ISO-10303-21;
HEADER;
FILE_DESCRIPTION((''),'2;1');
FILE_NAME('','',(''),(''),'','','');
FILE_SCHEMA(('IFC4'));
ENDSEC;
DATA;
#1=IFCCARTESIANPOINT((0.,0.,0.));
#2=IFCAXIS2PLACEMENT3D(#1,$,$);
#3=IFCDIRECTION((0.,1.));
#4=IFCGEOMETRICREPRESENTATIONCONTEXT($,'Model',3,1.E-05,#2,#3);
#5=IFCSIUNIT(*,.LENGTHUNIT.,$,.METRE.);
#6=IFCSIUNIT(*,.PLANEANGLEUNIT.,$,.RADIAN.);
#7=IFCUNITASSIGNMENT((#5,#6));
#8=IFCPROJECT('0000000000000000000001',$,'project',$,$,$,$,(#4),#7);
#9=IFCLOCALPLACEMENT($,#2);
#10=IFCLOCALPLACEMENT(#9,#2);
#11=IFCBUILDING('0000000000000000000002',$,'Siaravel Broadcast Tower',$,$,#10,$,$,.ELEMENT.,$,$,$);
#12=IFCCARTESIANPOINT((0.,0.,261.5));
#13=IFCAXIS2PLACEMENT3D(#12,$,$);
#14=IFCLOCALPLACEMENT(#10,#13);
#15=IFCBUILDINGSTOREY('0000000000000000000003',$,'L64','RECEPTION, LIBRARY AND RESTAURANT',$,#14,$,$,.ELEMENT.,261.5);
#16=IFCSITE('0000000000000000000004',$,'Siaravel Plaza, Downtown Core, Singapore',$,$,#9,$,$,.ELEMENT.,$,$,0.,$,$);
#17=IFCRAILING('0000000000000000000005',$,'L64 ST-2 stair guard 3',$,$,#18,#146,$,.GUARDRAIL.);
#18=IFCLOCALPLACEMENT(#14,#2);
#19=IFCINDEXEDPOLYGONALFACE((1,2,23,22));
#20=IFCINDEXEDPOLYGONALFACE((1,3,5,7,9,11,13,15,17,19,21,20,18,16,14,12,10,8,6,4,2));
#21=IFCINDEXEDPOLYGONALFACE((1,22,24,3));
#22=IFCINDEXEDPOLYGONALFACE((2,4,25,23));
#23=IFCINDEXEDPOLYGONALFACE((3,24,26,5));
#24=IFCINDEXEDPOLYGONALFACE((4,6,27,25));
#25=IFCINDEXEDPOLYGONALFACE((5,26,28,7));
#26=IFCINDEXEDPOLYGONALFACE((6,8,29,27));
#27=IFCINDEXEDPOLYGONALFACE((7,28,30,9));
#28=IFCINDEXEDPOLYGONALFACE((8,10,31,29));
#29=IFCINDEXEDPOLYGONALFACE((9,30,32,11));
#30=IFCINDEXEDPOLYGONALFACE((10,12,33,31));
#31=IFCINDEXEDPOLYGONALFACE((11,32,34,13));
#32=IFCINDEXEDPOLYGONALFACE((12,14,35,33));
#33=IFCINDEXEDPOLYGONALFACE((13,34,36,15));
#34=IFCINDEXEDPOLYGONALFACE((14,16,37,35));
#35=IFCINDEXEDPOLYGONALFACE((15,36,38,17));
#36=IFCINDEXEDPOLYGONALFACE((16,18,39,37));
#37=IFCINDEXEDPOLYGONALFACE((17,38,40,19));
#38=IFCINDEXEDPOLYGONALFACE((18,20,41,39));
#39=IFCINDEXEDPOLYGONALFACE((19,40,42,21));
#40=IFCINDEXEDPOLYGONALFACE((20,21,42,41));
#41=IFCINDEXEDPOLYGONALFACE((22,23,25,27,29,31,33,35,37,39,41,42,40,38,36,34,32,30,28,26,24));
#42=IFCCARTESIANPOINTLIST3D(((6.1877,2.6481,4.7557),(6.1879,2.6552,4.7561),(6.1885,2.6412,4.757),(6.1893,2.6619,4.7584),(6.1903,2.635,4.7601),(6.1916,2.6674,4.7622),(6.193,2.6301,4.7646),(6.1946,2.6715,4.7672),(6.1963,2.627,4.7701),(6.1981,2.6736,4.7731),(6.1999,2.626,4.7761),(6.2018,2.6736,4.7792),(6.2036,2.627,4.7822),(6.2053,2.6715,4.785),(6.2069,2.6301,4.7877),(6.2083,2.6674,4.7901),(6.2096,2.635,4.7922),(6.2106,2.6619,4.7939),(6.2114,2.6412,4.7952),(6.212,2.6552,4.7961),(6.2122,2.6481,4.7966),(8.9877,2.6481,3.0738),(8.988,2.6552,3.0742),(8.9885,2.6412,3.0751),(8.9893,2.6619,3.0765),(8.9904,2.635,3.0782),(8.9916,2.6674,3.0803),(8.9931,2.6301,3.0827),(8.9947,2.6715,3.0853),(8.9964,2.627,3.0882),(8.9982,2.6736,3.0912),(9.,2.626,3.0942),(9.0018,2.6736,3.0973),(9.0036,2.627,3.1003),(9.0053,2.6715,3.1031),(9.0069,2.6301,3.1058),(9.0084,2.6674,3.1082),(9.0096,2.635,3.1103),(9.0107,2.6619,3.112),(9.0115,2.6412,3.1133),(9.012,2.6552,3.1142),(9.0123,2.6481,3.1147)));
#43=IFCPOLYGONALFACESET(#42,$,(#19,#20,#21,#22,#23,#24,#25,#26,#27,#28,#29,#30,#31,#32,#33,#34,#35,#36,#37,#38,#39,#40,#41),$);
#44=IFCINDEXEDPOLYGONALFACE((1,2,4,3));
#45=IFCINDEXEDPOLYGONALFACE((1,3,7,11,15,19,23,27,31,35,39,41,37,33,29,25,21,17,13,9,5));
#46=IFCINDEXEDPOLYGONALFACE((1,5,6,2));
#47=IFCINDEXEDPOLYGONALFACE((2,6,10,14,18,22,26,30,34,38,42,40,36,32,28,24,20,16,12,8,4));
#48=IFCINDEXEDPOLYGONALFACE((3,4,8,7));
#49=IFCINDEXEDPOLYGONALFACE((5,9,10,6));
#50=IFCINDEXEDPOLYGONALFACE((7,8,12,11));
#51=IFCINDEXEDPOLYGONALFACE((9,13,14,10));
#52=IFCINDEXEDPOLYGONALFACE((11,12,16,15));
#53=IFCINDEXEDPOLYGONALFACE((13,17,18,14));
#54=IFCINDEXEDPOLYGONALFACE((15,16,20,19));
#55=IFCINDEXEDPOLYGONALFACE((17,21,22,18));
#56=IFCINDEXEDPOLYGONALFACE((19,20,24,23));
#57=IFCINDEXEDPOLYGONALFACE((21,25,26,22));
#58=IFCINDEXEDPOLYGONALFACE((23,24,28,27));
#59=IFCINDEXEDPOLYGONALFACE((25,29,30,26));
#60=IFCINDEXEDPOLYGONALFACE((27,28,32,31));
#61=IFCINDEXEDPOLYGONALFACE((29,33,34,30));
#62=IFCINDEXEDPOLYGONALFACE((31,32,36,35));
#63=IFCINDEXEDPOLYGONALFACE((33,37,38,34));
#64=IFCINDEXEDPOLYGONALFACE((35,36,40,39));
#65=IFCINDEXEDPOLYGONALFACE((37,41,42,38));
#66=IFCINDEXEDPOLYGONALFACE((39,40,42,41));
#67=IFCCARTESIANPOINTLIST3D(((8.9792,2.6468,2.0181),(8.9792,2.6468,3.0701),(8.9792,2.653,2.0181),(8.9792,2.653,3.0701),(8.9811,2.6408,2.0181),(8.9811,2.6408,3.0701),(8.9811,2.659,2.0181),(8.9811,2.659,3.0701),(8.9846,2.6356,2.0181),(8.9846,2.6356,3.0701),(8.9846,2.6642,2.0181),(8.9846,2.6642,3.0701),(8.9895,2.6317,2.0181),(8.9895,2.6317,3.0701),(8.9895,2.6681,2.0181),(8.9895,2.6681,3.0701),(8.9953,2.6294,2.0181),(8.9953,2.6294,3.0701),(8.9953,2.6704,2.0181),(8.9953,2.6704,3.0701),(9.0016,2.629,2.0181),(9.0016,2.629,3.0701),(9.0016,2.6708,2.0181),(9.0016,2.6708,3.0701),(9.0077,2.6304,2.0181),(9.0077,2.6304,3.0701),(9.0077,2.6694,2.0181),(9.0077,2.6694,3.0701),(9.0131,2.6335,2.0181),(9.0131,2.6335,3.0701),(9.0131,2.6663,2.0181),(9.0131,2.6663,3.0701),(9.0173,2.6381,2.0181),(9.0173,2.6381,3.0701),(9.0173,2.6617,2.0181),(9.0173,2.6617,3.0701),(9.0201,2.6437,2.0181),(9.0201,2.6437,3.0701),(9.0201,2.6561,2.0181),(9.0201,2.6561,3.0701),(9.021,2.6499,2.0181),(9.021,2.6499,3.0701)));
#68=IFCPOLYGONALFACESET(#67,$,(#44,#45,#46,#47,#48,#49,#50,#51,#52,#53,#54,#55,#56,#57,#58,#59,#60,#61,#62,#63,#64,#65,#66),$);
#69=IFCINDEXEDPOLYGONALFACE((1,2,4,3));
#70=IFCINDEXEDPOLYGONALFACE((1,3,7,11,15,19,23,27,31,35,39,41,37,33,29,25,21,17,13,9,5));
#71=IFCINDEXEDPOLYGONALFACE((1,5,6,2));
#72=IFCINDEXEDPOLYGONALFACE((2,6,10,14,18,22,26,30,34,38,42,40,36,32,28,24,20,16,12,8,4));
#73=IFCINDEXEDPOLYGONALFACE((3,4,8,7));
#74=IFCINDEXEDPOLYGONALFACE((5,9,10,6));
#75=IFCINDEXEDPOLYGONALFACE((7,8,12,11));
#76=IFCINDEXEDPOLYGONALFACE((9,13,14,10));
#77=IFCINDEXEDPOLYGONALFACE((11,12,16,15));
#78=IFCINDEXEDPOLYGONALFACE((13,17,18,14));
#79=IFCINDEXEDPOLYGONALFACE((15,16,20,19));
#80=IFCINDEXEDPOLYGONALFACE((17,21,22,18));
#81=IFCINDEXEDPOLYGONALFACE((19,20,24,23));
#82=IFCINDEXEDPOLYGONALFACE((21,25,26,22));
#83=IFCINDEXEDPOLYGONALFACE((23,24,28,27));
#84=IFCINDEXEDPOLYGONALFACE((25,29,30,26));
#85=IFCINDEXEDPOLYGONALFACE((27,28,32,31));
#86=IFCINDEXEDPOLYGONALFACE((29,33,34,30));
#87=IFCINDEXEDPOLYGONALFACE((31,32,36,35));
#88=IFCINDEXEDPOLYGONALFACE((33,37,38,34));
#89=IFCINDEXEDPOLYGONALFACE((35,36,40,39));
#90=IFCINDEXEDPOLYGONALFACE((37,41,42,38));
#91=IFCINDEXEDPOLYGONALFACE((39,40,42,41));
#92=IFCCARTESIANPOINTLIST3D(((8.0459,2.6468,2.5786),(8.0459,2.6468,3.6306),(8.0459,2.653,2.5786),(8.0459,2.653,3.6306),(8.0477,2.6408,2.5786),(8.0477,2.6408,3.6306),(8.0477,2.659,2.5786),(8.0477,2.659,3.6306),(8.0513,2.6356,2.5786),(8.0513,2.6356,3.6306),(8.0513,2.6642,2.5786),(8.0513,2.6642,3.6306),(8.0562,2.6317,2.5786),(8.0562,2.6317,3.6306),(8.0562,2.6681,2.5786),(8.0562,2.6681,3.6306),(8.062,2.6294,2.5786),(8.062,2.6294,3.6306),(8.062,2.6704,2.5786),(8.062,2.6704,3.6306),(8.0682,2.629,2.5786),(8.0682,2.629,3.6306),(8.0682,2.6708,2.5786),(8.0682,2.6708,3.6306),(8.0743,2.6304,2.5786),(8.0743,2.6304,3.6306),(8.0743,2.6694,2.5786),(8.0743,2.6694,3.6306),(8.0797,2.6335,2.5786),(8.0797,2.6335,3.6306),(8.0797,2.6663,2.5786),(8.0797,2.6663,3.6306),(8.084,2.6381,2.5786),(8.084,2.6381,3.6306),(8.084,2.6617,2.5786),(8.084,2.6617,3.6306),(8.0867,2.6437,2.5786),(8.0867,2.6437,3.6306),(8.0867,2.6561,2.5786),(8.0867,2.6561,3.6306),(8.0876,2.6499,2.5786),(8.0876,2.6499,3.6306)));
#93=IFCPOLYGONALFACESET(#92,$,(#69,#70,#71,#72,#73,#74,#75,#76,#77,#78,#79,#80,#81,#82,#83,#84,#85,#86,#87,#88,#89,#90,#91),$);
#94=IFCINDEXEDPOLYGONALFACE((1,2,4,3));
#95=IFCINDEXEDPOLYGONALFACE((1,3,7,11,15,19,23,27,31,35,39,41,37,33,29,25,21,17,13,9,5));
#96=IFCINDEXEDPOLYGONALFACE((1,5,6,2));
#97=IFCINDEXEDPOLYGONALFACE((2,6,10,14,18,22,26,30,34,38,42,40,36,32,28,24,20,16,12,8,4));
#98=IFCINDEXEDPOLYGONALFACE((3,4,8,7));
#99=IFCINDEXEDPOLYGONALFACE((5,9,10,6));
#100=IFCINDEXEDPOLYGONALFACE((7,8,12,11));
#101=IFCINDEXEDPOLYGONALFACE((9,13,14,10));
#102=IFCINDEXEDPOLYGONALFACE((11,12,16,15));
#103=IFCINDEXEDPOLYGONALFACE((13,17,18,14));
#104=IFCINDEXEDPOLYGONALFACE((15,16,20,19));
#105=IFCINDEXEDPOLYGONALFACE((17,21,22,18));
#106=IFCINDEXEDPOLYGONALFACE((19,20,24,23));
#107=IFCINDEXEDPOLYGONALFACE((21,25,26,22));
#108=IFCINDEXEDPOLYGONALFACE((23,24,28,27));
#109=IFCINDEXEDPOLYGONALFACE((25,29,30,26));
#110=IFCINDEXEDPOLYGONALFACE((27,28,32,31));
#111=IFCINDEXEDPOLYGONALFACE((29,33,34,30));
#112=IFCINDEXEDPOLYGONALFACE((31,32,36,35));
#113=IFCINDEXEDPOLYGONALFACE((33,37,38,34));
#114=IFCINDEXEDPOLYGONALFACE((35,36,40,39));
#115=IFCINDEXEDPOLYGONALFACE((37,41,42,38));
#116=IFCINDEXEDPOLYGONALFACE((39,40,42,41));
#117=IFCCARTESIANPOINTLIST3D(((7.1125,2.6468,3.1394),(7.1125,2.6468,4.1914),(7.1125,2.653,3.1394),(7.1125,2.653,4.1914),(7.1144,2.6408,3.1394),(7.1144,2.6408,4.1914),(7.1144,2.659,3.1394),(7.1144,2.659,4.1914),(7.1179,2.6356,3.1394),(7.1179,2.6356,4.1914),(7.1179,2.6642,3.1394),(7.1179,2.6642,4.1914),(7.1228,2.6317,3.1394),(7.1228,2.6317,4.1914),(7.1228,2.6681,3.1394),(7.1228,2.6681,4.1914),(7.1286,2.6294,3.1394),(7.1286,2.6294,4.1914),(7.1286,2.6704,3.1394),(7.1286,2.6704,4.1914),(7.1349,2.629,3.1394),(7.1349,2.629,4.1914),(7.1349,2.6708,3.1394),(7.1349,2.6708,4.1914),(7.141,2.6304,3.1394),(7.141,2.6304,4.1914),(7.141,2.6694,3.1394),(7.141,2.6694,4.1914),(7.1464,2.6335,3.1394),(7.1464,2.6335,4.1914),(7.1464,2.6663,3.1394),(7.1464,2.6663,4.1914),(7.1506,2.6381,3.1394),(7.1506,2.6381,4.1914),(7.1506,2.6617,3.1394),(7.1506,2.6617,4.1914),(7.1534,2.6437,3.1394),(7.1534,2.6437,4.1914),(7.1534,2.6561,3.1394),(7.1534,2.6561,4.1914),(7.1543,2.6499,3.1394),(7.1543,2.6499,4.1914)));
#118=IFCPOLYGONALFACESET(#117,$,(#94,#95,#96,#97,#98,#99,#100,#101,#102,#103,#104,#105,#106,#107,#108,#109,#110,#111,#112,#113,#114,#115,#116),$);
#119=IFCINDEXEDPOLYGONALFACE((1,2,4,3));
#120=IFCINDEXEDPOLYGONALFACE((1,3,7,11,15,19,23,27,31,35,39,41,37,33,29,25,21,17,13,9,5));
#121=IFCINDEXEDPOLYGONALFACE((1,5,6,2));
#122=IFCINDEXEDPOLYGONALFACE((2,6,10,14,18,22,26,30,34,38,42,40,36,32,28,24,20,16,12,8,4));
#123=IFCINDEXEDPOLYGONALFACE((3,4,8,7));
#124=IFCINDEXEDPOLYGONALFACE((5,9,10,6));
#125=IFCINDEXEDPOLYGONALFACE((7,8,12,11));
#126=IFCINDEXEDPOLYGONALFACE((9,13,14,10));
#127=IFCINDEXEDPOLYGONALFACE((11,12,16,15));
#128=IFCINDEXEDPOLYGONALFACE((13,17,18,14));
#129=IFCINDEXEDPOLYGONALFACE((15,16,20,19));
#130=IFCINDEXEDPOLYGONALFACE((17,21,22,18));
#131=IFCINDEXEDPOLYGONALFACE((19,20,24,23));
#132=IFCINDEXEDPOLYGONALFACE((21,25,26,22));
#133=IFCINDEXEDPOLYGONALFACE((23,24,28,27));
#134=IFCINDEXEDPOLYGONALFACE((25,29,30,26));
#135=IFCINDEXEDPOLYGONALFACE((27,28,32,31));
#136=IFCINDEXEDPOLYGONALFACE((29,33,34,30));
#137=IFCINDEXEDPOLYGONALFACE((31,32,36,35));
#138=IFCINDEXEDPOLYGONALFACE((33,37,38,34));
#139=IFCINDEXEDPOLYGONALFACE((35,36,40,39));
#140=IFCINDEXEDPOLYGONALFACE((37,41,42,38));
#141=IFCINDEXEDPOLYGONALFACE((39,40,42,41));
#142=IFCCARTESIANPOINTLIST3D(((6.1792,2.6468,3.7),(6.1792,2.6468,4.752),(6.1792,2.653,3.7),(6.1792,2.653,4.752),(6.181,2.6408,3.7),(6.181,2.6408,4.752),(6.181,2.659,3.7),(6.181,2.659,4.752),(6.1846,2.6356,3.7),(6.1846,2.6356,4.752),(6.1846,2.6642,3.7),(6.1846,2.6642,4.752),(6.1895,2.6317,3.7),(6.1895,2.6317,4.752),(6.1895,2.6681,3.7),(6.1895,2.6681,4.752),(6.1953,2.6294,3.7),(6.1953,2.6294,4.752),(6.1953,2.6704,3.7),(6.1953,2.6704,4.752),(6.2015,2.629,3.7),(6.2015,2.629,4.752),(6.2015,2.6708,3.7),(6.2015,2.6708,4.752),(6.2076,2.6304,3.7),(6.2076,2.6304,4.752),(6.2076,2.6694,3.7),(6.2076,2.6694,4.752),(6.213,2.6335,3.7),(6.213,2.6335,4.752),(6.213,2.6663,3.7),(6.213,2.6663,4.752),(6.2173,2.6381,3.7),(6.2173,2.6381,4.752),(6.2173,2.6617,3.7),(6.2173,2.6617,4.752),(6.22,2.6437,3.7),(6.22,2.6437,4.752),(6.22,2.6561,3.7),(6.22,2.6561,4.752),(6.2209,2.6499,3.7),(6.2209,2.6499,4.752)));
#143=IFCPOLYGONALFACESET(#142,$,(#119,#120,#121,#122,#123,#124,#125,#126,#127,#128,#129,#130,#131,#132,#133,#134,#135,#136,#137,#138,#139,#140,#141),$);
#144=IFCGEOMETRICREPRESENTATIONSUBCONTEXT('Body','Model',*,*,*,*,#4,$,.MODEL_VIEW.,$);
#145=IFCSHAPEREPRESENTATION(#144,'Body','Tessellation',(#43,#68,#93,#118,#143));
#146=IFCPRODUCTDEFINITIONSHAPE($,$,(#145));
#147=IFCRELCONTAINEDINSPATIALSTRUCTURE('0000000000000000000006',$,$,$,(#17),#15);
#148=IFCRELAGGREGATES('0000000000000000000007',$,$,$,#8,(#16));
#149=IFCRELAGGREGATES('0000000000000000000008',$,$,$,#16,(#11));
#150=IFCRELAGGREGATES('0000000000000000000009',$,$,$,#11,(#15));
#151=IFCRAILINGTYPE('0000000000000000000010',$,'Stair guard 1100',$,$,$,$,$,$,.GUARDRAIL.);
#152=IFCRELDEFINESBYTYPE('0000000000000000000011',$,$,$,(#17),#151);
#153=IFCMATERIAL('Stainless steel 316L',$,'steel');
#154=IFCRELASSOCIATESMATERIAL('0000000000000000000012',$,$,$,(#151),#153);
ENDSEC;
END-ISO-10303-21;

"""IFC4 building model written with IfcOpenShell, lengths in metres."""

from ifc_helpers import new_model, si_unit, direction, frame, origin, origin_2d, place, context, subcontext, project, spatial, circle, extrude, material, type_object, element, save


model = new_model("IFC4")

# Units and contexts
model_context = context("Model", 3, precision=1e-05, world=origin(), true_north=direction((0.0, 1.0)))
body_context = subcontext(model_context, "Body", "Model", "MODEL_VIEW")
ifc_project = project(units=[si_unit("LENGTHUNIT", "METRE"), si_unit("PLANEANGLEUNIT", "RADIAN")], contexts=[model_context])

# Site, building, storey
site_placement = place(None, origin())
site = spatial("IfcSite", under=ifc_project, at=site_placement, Name="Siaravel Plaza, Downtown Core, Singapore", CompositionType="ELEMENT", RefElevation=0.0)
building_placement = place(site_placement, origin())
building = spatial("IfcBuilding", under=site, at=building_placement, Name="Siaravel Broadcast Tower", CompositionType="ELEMENT")
storey_placement = place(building_placement, frame((0.0, 0.0, 261.5)))
storey = spatial("IfcBuildingStorey", under=building, at=storey_placement, Name="L64", Description="RECEPTION, LIBRARY AND RESTAURANT", CompositionType="ELEMENT", Elevation=261.5)

# Railing
ifc_material_1 = material(Name="Stainless steel 316L", Category="steel")
railing_type_1 = type_object("IfcRailingType", Name="Stair guard 1100", PredefinedType="GUARDRAIL", material=ifc_material_1)
railing_1_placement = place(storey_placement, frame((9.0, 2.6499, 2.0181)))
element("IfcRailing", 1, at=railing_1_placement, inside=storey, type_object=railing_type_1, Name="L64 ST-2 stair guard 3", PredefinedType="GUARDRAIL", context=body_context, shape_type="SweptSolid", body=[
    extrude(circle(Radius=0.0239, at=origin_2d()), frame((0.0, 0.0, 1.0762), z_axis=(-0.857242, 0.0, 0.514913), x_axis=(0.0, -1.0, 0.0)), (0.0, 0.0, 1.0), 3.2664),
    extrude(circle(Radius=0.021, at=origin_2d()), origin(), (0.0, 0.0, 1.0), 1.052),
    extrude(circle(Radius=0.021, at=origin_2d()), frame((-0.9333, 0.0, 0.5605)), (0.0, 0.0, 1.0), 1.052),
    extrude(circle(Radius=0.021, at=origin_2d()), frame((-1.8667, 0.0, 1.1213)), (0.0, 0.0, 1.0), 1.052),
    extrude(circle(Radius=0.021, at=origin_2d()), frame((-2.8, 0.0, 1.6819)), (0.0, 0.0, 1.0), 1.052),
])

save(model, "model.ifc")
